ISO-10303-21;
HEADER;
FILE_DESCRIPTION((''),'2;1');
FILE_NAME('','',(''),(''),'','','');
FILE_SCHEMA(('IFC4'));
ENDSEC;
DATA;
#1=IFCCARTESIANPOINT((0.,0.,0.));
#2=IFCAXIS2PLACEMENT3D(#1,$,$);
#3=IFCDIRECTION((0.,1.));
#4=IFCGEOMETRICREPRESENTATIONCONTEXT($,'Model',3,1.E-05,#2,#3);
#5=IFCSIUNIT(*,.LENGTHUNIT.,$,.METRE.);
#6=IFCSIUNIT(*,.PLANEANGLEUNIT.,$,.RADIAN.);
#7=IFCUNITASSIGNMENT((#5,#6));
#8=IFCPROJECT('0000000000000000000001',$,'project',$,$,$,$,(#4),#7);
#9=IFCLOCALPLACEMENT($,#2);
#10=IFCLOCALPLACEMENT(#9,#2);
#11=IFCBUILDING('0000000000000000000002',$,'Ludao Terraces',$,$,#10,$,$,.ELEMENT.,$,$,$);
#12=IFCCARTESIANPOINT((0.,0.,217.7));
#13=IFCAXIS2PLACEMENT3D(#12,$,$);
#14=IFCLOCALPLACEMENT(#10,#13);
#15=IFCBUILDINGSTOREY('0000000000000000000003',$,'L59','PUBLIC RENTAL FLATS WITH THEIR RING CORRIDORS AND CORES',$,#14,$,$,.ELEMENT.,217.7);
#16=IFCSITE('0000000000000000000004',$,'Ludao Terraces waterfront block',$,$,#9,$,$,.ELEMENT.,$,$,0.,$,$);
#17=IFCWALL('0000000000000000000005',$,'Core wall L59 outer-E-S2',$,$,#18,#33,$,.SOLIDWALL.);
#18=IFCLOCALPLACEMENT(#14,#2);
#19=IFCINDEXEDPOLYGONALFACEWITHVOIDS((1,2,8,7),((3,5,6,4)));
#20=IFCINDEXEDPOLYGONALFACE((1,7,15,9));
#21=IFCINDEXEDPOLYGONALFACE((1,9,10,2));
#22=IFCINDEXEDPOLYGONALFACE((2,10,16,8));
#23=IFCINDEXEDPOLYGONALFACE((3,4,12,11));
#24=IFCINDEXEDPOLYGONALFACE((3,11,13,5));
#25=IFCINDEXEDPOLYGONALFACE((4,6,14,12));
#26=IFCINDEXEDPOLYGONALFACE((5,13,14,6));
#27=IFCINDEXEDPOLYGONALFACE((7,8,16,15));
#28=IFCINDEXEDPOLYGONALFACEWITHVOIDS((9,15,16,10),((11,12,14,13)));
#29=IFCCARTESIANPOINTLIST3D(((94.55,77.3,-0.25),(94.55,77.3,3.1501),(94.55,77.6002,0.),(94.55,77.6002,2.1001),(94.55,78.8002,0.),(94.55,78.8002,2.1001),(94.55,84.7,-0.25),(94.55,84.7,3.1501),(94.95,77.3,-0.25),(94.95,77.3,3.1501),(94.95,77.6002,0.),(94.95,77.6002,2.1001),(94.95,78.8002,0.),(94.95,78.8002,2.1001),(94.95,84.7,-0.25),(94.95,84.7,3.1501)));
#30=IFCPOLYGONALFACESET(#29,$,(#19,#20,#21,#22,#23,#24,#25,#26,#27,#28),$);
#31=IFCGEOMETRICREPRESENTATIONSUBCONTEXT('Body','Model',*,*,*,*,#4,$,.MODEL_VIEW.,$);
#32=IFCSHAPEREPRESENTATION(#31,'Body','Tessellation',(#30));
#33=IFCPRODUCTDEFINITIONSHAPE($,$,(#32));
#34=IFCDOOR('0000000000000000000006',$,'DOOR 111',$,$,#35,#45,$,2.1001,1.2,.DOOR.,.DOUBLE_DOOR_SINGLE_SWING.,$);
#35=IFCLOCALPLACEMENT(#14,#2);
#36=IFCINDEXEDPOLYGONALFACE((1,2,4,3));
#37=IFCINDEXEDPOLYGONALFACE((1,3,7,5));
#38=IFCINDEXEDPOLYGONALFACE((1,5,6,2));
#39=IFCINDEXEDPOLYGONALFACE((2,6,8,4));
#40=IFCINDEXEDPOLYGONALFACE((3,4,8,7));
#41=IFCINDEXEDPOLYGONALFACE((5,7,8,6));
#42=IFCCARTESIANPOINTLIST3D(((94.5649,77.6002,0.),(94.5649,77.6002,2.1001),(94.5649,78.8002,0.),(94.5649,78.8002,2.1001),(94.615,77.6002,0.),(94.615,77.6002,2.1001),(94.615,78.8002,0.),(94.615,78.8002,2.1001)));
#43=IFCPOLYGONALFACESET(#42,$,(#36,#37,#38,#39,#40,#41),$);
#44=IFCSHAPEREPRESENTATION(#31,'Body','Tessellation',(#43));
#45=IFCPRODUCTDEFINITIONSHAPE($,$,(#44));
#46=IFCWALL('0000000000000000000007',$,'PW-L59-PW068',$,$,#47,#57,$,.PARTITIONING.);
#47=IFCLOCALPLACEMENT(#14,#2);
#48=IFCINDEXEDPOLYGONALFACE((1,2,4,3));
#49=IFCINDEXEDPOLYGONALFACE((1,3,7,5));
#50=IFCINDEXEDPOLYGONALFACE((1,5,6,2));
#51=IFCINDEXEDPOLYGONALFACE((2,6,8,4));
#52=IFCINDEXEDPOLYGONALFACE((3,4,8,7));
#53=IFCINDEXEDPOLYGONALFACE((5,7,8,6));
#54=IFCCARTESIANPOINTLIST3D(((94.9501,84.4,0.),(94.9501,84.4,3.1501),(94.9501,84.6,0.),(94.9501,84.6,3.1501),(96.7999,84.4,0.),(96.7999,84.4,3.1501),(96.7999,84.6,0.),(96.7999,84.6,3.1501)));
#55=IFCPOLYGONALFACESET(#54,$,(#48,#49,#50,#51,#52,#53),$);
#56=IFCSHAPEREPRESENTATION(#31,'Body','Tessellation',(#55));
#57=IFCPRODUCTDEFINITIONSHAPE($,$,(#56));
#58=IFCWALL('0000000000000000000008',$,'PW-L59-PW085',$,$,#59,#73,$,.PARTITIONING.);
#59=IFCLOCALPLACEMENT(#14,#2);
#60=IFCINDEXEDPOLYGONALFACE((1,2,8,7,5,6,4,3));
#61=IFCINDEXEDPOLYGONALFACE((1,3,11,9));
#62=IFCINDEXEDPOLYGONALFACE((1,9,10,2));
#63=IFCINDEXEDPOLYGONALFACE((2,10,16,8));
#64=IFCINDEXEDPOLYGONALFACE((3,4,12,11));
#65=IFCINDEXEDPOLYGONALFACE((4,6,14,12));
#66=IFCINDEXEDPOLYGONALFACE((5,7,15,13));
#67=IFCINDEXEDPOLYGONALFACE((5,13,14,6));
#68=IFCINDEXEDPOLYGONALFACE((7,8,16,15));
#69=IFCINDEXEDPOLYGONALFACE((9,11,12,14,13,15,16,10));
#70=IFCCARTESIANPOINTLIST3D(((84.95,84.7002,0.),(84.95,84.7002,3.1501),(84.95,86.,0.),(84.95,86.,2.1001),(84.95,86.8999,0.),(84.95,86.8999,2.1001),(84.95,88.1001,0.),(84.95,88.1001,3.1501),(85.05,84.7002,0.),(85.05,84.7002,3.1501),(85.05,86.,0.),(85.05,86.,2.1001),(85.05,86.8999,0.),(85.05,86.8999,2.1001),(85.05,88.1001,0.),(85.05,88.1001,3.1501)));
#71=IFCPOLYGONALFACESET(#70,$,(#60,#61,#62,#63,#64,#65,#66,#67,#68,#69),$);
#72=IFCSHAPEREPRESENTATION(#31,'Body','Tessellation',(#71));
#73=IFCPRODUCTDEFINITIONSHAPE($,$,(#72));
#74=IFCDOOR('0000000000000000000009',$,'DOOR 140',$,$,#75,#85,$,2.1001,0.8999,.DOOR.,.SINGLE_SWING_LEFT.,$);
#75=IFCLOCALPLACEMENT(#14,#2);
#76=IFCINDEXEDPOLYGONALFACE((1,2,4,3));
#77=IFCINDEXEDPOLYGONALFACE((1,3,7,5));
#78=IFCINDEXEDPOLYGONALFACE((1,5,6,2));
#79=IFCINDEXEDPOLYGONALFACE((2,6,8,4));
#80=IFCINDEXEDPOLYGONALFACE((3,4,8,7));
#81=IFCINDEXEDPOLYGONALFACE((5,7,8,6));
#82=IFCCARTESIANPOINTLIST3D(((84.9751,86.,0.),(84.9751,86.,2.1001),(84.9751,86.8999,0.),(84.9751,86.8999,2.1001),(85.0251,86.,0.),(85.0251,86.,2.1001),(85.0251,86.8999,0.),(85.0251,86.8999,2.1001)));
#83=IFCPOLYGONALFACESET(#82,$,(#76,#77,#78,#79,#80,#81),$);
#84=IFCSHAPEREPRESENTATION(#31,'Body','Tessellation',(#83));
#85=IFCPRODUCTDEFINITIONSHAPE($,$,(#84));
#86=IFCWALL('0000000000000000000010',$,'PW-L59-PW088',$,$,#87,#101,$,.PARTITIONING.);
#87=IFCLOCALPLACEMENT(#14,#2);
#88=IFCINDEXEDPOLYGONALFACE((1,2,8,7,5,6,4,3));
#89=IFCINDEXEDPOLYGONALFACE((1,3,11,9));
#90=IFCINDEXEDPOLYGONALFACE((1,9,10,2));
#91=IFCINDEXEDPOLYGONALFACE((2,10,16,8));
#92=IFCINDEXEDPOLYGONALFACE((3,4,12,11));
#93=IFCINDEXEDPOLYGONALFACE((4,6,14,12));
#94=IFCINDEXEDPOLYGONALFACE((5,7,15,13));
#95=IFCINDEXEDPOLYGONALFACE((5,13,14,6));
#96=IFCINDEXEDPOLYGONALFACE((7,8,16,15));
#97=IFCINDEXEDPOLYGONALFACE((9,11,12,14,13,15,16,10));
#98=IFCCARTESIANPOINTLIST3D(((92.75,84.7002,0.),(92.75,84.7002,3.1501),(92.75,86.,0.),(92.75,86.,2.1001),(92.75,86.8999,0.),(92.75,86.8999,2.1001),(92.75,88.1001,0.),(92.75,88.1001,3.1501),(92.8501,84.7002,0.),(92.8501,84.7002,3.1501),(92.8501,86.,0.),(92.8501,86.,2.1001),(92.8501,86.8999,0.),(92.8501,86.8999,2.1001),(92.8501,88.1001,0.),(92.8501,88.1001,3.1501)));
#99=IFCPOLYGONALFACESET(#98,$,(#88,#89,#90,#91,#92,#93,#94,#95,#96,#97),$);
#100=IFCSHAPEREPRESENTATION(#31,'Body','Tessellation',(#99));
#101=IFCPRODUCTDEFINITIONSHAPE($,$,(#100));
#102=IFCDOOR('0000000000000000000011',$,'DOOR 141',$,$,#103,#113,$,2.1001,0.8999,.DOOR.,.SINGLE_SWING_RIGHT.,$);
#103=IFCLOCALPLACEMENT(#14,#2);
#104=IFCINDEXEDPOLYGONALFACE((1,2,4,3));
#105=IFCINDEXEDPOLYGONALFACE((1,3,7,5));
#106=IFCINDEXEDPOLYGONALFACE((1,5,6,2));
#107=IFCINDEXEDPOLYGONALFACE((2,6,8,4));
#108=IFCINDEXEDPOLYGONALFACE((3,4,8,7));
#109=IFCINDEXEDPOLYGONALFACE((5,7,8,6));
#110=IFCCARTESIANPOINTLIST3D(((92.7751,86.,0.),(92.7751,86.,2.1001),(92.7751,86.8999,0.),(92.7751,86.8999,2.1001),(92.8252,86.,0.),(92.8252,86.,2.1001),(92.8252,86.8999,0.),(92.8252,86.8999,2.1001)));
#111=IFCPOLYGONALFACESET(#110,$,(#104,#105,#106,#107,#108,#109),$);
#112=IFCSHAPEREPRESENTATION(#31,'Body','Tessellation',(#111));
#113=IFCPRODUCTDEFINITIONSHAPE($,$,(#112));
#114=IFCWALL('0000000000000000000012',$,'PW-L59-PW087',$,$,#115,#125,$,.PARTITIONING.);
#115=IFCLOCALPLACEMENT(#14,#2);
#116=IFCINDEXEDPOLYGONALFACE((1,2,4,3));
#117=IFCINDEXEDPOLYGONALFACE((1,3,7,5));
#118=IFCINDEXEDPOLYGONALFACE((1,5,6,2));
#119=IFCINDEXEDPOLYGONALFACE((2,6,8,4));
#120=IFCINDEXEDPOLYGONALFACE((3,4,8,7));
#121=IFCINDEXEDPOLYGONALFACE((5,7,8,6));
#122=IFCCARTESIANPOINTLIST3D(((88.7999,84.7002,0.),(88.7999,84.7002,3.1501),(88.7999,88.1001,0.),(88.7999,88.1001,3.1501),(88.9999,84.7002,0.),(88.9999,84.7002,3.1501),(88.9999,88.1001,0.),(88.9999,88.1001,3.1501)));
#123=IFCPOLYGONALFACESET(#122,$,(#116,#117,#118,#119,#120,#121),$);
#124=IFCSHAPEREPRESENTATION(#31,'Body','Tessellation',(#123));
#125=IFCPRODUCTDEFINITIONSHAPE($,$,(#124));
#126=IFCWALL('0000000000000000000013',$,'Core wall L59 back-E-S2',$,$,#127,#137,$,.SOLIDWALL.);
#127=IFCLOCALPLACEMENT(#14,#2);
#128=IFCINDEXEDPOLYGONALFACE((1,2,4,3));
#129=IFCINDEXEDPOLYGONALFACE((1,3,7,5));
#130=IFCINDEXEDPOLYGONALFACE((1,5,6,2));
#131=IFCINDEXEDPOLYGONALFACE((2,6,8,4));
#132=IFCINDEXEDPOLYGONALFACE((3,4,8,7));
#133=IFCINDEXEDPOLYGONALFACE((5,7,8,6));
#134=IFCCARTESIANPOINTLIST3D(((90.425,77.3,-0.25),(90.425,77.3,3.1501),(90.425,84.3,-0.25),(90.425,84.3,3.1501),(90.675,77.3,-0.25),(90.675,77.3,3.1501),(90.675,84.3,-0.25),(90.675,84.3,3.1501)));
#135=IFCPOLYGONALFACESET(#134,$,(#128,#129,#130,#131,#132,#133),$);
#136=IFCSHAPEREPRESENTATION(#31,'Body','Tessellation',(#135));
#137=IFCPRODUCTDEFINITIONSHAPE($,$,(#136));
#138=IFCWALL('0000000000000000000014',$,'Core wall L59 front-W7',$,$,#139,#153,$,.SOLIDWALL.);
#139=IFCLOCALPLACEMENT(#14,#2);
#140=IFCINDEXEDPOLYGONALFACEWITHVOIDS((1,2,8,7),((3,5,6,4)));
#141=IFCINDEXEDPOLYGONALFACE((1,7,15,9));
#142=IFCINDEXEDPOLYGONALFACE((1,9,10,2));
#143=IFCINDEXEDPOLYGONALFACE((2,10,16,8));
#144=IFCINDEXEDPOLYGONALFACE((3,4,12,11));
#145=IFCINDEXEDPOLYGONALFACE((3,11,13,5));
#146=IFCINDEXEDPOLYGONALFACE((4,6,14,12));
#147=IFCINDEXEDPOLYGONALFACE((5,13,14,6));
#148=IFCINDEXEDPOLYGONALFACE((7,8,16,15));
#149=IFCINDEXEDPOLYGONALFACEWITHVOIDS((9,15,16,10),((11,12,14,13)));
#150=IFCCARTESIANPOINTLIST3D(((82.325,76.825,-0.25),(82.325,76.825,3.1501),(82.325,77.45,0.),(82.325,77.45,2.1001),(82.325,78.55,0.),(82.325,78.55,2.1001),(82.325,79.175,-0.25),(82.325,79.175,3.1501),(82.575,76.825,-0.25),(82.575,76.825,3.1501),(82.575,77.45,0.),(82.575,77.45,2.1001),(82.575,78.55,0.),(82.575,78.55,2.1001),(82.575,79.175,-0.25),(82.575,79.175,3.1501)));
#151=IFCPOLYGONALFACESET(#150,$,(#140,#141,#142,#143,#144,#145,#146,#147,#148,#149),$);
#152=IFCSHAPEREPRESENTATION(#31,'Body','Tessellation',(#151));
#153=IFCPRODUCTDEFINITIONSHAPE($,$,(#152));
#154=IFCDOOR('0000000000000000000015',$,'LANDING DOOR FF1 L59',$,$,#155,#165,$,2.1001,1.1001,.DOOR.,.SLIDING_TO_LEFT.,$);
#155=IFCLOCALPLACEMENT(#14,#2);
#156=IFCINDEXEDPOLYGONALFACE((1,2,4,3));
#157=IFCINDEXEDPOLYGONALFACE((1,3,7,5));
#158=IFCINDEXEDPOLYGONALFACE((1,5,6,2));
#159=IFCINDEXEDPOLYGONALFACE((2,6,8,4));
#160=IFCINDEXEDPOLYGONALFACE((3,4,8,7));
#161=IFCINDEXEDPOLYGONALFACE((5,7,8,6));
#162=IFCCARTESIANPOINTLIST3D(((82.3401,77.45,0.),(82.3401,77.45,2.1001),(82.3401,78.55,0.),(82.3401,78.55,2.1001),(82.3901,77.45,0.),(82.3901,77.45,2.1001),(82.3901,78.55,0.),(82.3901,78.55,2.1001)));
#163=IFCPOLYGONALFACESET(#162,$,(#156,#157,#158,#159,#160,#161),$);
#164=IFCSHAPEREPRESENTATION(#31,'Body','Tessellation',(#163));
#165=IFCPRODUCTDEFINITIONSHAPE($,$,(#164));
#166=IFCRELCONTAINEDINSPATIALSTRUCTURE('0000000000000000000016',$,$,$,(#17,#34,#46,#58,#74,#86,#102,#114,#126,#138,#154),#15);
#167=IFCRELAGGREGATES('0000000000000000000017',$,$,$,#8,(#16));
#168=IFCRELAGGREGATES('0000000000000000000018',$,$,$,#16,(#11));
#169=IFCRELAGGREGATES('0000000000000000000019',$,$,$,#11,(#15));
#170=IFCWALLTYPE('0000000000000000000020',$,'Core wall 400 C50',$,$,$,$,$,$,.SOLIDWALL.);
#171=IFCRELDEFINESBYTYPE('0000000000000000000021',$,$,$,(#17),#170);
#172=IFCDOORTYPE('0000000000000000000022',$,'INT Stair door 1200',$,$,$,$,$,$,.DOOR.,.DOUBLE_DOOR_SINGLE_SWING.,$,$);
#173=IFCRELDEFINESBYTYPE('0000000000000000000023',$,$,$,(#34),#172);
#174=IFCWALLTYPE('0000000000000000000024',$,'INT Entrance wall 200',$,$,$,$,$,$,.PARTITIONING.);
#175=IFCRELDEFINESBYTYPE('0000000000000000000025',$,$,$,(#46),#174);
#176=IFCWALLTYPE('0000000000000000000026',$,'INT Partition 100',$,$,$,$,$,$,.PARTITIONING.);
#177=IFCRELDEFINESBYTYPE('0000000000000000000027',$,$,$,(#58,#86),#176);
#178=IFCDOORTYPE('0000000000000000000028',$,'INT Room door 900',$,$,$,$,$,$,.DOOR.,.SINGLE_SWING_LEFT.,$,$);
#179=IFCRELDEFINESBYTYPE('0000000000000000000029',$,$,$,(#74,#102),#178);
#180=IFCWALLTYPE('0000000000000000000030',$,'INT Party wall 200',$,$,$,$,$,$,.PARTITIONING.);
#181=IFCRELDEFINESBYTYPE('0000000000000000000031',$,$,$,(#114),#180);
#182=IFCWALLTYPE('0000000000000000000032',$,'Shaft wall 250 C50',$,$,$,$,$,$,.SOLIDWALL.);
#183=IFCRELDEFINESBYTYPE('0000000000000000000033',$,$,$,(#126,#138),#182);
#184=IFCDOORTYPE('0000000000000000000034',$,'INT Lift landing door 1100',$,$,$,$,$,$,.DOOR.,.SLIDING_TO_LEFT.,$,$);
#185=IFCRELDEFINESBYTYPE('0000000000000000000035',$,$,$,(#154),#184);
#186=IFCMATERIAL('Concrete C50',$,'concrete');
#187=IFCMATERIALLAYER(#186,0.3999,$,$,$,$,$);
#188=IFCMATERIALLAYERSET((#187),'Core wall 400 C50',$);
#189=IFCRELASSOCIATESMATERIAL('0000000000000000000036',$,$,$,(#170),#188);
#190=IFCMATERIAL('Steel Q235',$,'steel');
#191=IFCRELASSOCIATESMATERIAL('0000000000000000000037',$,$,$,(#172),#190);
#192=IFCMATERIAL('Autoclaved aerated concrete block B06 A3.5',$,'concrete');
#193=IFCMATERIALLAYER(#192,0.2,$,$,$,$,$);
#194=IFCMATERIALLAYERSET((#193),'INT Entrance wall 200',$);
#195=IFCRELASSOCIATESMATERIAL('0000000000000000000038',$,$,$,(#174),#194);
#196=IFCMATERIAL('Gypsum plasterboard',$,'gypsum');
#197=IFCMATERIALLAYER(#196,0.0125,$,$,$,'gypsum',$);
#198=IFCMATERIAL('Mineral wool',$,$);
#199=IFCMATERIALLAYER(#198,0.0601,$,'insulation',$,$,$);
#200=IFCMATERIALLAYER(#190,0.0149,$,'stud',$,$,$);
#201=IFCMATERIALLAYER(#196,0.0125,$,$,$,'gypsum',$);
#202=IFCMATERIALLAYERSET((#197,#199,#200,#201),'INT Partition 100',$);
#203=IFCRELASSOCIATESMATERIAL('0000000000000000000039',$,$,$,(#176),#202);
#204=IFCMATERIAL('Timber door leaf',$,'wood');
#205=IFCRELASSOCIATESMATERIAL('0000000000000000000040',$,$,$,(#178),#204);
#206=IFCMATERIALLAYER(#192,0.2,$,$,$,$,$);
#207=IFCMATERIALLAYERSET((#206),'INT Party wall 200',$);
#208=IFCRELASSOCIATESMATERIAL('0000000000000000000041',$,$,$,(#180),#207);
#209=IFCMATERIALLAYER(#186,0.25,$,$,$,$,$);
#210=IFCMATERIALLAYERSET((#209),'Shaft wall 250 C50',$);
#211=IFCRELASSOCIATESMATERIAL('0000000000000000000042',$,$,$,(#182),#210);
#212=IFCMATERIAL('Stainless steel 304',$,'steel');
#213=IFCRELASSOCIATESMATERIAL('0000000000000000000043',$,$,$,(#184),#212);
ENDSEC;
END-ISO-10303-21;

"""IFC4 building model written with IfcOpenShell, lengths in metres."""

from ifc_helpers import new_model, si_unit, direction, frame, frame_2d, origin, place, context, subcontext, project, spatial, rectangle, extrude, material, layer, layer_set, type_object, element, fill, save


model = new_model("IFC4")

# Units and contexts
model_context = context("Model", 3, precision=1e-05, world=origin(), true_north=direction((0.0, 1.0)))
body_context = subcontext(model_context, "Body", "Model", "MODEL_VIEW")
ifc_project = project(units=[si_unit("LENGTHUNIT", "METRE"), si_unit("PLANEANGLEUNIT", "RADIAN")], contexts=[model_context])

# Site, building, storey
site_placement = place(None, origin())
site = spatial("IfcSite", under=ifc_project, at=site_placement, Name="Ludao Terraces waterfront block", CompositionType="ELEMENT", RefElevation=0.0)
building_placement = place(site_placement, origin())
building = spatial("IfcBuilding", under=site, at=building_placement, Name="Ludao Terraces", CompositionType="ELEMENT")
storey_placement = place(building_placement, frame((0.0, 0.0, 217.7)))
storey = spatial("IfcBuildingStorey", under=building, at=storey_placement, Name="L59", Description="PUBLIC RENTAL FLATS WITH THEIR RING CORRIDORS AND CORES", CompositionType="ELEMENT", Elevation=217.7)

# Wall, opening, door
ifc_material_1 = material(Name="Concrete C50", Category="concrete")
ifc_layer_1 = layer(ifc_material_1, 0.3999)
ifc_layer_set_1 = layer_set([ifc_layer_1], Name="Core wall 400 C50")
wall_type_1 = type_object("IfcWallType", Name="Core wall 400 C50", PredefinedType="SOLIDWALL", material=ifc_layer_set_1)
wall_1_placement = place(storey_placement, frame((94.75, 77.3, -0.25), z_axis=(0.0, 0.0, 1.0), x_axis=(0.0, 1.0, 0.0)))
wall_1 = element("IfcWall", 1, at=wall_1_placement, inside=storey, type_object=wall_type_1, Name="Core wall L59 outer-E-S2", PredefinedType="SOLIDWALL", context=body_context, shape_type="SweptSolid", body=[
    extrude(rectangle(XDim=7.3999, YDim=0.3999, at=frame_2d((3.7, 0.0))), origin(), (0.0, 0.0, 1.0), 3.4001),
])
opening_1_placement = place(wall_1_placement, frame((0.3, 0.0, 0.25)))
opening_1 = element("IfcOpeningElement", 2, at=opening_1_placement, cuts=wall_1, PredefinedType="OPENING", context=body_context, shape_type="SweptSolid", body=[
    extrude(rectangle(XDim=1.2, YDim=2.1001, at=frame_2d((0.6001, 1.05))), frame((0.0, 0.21, 0.0), z_axis=(0.0, -1.0, 0.0), x_axis=(1.0, 0.0, 0.0)), (0.0, 0.0, 1.0), 0.4199),
])
ifc_material_2 = material(Name="Steel Q235", Category="steel")
door_type_1 = type_object("IfcDoorType", Name="INT Stair door 1200", OperationType="DOUBLE_DOOR_SINGLE_SWING", PredefinedType="DOOR", material=ifc_material_2)
door_1_placement = place(opening_1_placement, origin())
door_1 = element("IfcDoor", 3, at=door_1_placement, inside=storey, type_object=door_type_1, Name="DOOR 111", OperationType="DOUBLE_DOOR_SINGLE_SWING", OverallHeight=2.1001, OverallWidth=1.2, PredefinedType="DOOR", context=body_context, shape_type="SweptSolid", body=[
    extrude(rectangle(XDim=1.2, YDim=2.1001, at=frame_2d((0.6001, 1.05))), frame((0.0, 0.1851, 0.0), z_axis=(0.0, -1.0, 0.0), x_axis=(1.0, 0.0, 0.0)), (0.0, 0.0, 1.0), 0.05),
])
fill(opening_1, door_1)

# Wall
ifc_material_3 = material(Name="Autoclaved aerated concrete block B06 A3.5", Category="concrete")
ifc_layer_2 = layer(ifc_material_3, 0.2)
ifc_layer_set_2 = layer_set([ifc_layer_2], Name="INT Entrance wall 200")
wall_type_2 = type_object("IfcWallType", Name="INT Entrance wall 200", PredefinedType="PARTITIONING", material=ifc_layer_set_2)
wall_2_placement = place(storey_placement, frame((94.9502, 84.5, 0.0), z_axis=(0.0, 0.0, 1.0), x_axis=(1.0, 0.0, 0.0)))
element("IfcWall", 4, at=wall_2_placement, inside=storey, type_object=wall_type_2, Name="PW-L59-PW068", PredefinedType="PARTITIONING", context=body_context, shape_type="SweptSolid", body=[
    extrude(rectangle(XDim=1.8499, YDim=0.2, at=frame_2d((0.9248, 0.0))), origin(), (0.0, 0.0, 1.0), 3.1501),
])

# Walls, openings, doors
ifc_material_4 = material(Name="Gypsum plasterboard", Category="gypsum")
ifc_layer_3 = layer(ifc_material_4, 0.0125, Category="gypsum")
ifc_material_5 = material(Name="Mineral wool")
ifc_layer_4 = layer(ifc_material_5, 0.0601, Name="insulation")
ifc_layer_5 = layer(ifc_material_2, 0.0149, Name="stud")
ifc_layer_6 = layer(ifc_material_4, 0.0125, Category="gypsum")
ifc_layer_set_3 = layer_set([ifc_layer_3, ifc_layer_4, ifc_layer_5, ifc_layer_6], Name="INT Partition 100")
wall_type_3 = type_object("IfcWallType", Name="INT Partition 100", PredefinedType="PARTITIONING", material=ifc_layer_set_3)
wall_3_placement = place(storey_placement, frame((85.0, 84.7002, 0.0), z_axis=(0.0, 0.0, 1.0), x_axis=(0.0, 1.0, 0.0)))
wall_3 = element("IfcWall", 5, at=wall_3_placement, inside=storey, type_object=wall_type_3, Name="PW-L59-PW085", PredefinedType="PARTITIONING", context=body_context, shape_type="SweptSolid", body=[
    extrude(rectangle(XDim=3.3999, YDim=0.1001, at=frame_2d((1.7, 0.0))), origin(), (0.0, 0.0, 1.0), 3.1501),
])
opening_2_placement = place(wall_3_placement, frame((1.2998, 0.0, 0.0)))
opening_2 = element("IfcOpeningElement", 6, at=opening_2_placement, cuts=wall_3, PredefinedType="OPENING", context=body_context, shape_type="SweptSolid", body=[
    extrude(rectangle(XDim=0.8999, YDim=2.1001, at=frame_2d((0.45, 1.05))), frame((0.0, 0.0601, 0.0), z_axis=(0.0, -1.0, 0.0), x_axis=(1.0, 0.0, 0.0)), (0.0, 0.0, 1.0), 0.1201),
])
ifc_material_6 = material(Name="Timber door leaf", Category="wood")
door_type_2 = type_object("IfcDoorType", Name="INT Room door 900", OperationType="SINGLE_SWING_LEFT", PredefinedType="DOOR", material=ifc_material_6)
door_2_placement = place(opening_2_placement, origin())
door_2 = element("IfcDoor", 7, at=door_2_placement, inside=storey, type_object=door_type_2, Name="DOOR 140", OperationType="SINGLE_SWING_LEFT", OverallHeight=2.1001, OverallWidth=0.8999, PredefinedType="DOOR", context=body_context, shape_type="SweptSolid", body=[
    extrude(rectangle(XDim=0.8999, YDim=2.1001, at=frame_2d((0.45, 1.05))), frame((0.0, 0.0249, 0.0), z_axis=(0.0, -1.0, 0.0), x_axis=(1.0, 0.0, 0.0)), (0.0, 0.0, 1.0), 0.05),
])
fill(opening_2, door_2)
wall_4_placement = place(storey_placement, frame((92.8, 84.7002, 0.0), z_axis=(0.0, 0.0, 1.0), x_axis=(0.0, 1.0, 0.0)))
wall_4 = element("IfcWall", 8, at=wall_4_placement, inside=storey, type_object=wall_type_3, Name="PW-L59-PW088", PredefinedType="PARTITIONING", context=body_context, shape_type="SweptSolid", body=[
    extrude(rectangle(XDim=3.3999, YDim=0.1001, at=frame_2d((1.7, 0.0))), origin(), (0.0, 0.0, 1.0), 3.1501),
])
opening_3_placement = place(wall_4_placement, frame((1.2998, 0.0, 0.0)))
opening_3 = element("IfcOpeningElement", 9, at=opening_3_placement, cuts=wall_4, PredefinedType="OPENING", context=body_context, shape_type="SweptSolid", body=[
    extrude(rectangle(XDim=0.8999, YDim=2.1001, at=frame_2d((0.45, 1.05))), frame((0.0, 0.0601, 0.0), z_axis=(0.0, -1.0, 0.0), x_axis=(1.0, 0.0, 0.0)), (0.0, 0.0, 1.0), 0.1201),
])
door_3_placement = place(opening_3_placement, origin())
door_3 = element("IfcDoor", 10, at=door_3_placement, inside=storey, type_object=door_type_2, Name="DOOR 141", OperationType="SINGLE_SWING_RIGHT", OverallHeight=2.1001, OverallWidth=0.8999, PredefinedType="DOOR", context=body_context, shape_type="SweptSolid", body=[
    extrude(rectangle(XDim=0.8999, YDim=2.1001, at=frame_2d((0.45, 1.05))), frame((0.0, 0.0249, 0.0), z_axis=(0.0, -1.0, 0.0), x_axis=(1.0, 0.0, 0.0)), (0.0, 0.0, 1.0), 0.05),
])
fill(opening_3, door_3)

# Walls
ifc_layer_7 = layer(ifc_material_3, 0.2)
ifc_layer_set_4 = layer_set([ifc_layer_7], Name="INT Party wall 200")
wall_type_4 = type_object("IfcWallType", Name="INT Party wall 200", PredefinedType="PARTITIONING", material=ifc_layer_set_4)
wall_5_placement = place(storey_placement, frame((88.8999, 84.7002, 0.0), z_axis=(0.0, 0.0, 1.0), x_axis=(0.0, 1.0, 0.0)))
element("IfcWall", 11, at=wall_5_placement, inside=storey, type_object=wall_type_4, Name="PW-L59-PW087", PredefinedType="PARTITIONING", context=body_context, shape_type="SweptSolid", body=[
    extrude(rectangle(XDim=3.3999, YDim=0.2, at=frame_2d((1.7, 0.0))), origin(), (0.0, 0.0, 1.0), 3.1501),
])
ifc_layer_8 = layer(ifc_material_1, 0.25)
ifc_layer_set_5 = layer_set([ifc_layer_8], Name="Shaft wall 250 C50")
wall_type_5 = type_object("IfcWallType", Name="Shaft wall 250 C50", PredefinedType="SOLIDWALL", material=ifc_layer_set_5)
wall_6_placement = place(storey_placement, frame((90.55, 77.3, -0.25), z_axis=(0.0, 0.0, 1.0), x_axis=(0.0, 1.0, 0.0)))
element("IfcWall", 12, at=wall_6_placement, inside=storey, type_object=wall_type_5, Name="Core wall L59 back-E-S2", PredefinedType="SOLIDWALL", context=body_context, shape_type="SweptSolid", body=[
    extrude(rectangle(XDim=7.0, YDim=0.25, at=frame_2d((3.5, 0.0))), origin(), (0.0, 0.0, 1.0), 3.4001),
])

# Wall, opening, door
wall_7_placement = place(storey_placement, frame((82.45, 76.825, -0.25), z_axis=(0.0, 0.0, 1.0), x_axis=(0.0, 1.0, 0.0)))
wall_7 = element("IfcWall", 13, at=wall_7_placement, inside=storey, type_object=wall_type_5, Name="Core wall L59 front-W7", PredefinedType="SOLIDWALL", context=body_context, shape_type="SweptSolid", body=[
    extrude(rectangle(XDim=2.3501, YDim=0.25, at=frame_2d((1.175, 0.0))), origin(), (0.0, 0.0, 1.0), 3.4001),
])
opening_4_placement = place(wall_7_placement, frame((0.625, 0.0, 0.25)))
opening_4 = element("IfcOpeningElement", 14, at=opening_4_placement, cuts=wall_7, PredefinedType="OPENING", context=body_context, shape_type="SweptSolid", body=[
    extrude(rectangle(XDim=1.1001, YDim=2.1001, at=frame_2d((0.55, 1.05))), frame((0.0, 0.135, 0.0), z_axis=(0.0, -1.0, 0.0), x_axis=(1.0, 0.0, 0.0)), (0.0, 0.0, 1.0), 0.27),
])
ifc_material_7 = material(Name="Stainless steel 304", Category="steel")
door_type_3 = type_object("IfcDoorType", Name="INT Lift landing door 1100", OperationType="SLIDING_TO_LEFT", PredefinedType="DOOR", material=ifc_material_7)
door_4_placement = place(opening_4_placement, origin())
door_4 = element("IfcDoor", 15, at=door_4_placement, inside=storey, type_object=door_type_3, Name="LANDING DOOR FF1 L59", OperationType="SLIDING_TO_LEFT", OverallHeight=2.1001, OverallWidth=1.1001, PredefinedType="DOOR", context=body_context, shape_type="SweptSolid", body=[
    extrude(rectangle(XDim=1.1001, YDim=2.1001, at=frame_2d((0.55, 1.05))), frame((0.0, 0.1099, 0.0), z_axis=(0.0, -1.0, 0.0), x_axis=(1.0, 0.0, 0.0)), (0.0, 0.0, 1.0), 0.05),
])
fill(opening_4, door_4)

save(model, "model.ifc")
